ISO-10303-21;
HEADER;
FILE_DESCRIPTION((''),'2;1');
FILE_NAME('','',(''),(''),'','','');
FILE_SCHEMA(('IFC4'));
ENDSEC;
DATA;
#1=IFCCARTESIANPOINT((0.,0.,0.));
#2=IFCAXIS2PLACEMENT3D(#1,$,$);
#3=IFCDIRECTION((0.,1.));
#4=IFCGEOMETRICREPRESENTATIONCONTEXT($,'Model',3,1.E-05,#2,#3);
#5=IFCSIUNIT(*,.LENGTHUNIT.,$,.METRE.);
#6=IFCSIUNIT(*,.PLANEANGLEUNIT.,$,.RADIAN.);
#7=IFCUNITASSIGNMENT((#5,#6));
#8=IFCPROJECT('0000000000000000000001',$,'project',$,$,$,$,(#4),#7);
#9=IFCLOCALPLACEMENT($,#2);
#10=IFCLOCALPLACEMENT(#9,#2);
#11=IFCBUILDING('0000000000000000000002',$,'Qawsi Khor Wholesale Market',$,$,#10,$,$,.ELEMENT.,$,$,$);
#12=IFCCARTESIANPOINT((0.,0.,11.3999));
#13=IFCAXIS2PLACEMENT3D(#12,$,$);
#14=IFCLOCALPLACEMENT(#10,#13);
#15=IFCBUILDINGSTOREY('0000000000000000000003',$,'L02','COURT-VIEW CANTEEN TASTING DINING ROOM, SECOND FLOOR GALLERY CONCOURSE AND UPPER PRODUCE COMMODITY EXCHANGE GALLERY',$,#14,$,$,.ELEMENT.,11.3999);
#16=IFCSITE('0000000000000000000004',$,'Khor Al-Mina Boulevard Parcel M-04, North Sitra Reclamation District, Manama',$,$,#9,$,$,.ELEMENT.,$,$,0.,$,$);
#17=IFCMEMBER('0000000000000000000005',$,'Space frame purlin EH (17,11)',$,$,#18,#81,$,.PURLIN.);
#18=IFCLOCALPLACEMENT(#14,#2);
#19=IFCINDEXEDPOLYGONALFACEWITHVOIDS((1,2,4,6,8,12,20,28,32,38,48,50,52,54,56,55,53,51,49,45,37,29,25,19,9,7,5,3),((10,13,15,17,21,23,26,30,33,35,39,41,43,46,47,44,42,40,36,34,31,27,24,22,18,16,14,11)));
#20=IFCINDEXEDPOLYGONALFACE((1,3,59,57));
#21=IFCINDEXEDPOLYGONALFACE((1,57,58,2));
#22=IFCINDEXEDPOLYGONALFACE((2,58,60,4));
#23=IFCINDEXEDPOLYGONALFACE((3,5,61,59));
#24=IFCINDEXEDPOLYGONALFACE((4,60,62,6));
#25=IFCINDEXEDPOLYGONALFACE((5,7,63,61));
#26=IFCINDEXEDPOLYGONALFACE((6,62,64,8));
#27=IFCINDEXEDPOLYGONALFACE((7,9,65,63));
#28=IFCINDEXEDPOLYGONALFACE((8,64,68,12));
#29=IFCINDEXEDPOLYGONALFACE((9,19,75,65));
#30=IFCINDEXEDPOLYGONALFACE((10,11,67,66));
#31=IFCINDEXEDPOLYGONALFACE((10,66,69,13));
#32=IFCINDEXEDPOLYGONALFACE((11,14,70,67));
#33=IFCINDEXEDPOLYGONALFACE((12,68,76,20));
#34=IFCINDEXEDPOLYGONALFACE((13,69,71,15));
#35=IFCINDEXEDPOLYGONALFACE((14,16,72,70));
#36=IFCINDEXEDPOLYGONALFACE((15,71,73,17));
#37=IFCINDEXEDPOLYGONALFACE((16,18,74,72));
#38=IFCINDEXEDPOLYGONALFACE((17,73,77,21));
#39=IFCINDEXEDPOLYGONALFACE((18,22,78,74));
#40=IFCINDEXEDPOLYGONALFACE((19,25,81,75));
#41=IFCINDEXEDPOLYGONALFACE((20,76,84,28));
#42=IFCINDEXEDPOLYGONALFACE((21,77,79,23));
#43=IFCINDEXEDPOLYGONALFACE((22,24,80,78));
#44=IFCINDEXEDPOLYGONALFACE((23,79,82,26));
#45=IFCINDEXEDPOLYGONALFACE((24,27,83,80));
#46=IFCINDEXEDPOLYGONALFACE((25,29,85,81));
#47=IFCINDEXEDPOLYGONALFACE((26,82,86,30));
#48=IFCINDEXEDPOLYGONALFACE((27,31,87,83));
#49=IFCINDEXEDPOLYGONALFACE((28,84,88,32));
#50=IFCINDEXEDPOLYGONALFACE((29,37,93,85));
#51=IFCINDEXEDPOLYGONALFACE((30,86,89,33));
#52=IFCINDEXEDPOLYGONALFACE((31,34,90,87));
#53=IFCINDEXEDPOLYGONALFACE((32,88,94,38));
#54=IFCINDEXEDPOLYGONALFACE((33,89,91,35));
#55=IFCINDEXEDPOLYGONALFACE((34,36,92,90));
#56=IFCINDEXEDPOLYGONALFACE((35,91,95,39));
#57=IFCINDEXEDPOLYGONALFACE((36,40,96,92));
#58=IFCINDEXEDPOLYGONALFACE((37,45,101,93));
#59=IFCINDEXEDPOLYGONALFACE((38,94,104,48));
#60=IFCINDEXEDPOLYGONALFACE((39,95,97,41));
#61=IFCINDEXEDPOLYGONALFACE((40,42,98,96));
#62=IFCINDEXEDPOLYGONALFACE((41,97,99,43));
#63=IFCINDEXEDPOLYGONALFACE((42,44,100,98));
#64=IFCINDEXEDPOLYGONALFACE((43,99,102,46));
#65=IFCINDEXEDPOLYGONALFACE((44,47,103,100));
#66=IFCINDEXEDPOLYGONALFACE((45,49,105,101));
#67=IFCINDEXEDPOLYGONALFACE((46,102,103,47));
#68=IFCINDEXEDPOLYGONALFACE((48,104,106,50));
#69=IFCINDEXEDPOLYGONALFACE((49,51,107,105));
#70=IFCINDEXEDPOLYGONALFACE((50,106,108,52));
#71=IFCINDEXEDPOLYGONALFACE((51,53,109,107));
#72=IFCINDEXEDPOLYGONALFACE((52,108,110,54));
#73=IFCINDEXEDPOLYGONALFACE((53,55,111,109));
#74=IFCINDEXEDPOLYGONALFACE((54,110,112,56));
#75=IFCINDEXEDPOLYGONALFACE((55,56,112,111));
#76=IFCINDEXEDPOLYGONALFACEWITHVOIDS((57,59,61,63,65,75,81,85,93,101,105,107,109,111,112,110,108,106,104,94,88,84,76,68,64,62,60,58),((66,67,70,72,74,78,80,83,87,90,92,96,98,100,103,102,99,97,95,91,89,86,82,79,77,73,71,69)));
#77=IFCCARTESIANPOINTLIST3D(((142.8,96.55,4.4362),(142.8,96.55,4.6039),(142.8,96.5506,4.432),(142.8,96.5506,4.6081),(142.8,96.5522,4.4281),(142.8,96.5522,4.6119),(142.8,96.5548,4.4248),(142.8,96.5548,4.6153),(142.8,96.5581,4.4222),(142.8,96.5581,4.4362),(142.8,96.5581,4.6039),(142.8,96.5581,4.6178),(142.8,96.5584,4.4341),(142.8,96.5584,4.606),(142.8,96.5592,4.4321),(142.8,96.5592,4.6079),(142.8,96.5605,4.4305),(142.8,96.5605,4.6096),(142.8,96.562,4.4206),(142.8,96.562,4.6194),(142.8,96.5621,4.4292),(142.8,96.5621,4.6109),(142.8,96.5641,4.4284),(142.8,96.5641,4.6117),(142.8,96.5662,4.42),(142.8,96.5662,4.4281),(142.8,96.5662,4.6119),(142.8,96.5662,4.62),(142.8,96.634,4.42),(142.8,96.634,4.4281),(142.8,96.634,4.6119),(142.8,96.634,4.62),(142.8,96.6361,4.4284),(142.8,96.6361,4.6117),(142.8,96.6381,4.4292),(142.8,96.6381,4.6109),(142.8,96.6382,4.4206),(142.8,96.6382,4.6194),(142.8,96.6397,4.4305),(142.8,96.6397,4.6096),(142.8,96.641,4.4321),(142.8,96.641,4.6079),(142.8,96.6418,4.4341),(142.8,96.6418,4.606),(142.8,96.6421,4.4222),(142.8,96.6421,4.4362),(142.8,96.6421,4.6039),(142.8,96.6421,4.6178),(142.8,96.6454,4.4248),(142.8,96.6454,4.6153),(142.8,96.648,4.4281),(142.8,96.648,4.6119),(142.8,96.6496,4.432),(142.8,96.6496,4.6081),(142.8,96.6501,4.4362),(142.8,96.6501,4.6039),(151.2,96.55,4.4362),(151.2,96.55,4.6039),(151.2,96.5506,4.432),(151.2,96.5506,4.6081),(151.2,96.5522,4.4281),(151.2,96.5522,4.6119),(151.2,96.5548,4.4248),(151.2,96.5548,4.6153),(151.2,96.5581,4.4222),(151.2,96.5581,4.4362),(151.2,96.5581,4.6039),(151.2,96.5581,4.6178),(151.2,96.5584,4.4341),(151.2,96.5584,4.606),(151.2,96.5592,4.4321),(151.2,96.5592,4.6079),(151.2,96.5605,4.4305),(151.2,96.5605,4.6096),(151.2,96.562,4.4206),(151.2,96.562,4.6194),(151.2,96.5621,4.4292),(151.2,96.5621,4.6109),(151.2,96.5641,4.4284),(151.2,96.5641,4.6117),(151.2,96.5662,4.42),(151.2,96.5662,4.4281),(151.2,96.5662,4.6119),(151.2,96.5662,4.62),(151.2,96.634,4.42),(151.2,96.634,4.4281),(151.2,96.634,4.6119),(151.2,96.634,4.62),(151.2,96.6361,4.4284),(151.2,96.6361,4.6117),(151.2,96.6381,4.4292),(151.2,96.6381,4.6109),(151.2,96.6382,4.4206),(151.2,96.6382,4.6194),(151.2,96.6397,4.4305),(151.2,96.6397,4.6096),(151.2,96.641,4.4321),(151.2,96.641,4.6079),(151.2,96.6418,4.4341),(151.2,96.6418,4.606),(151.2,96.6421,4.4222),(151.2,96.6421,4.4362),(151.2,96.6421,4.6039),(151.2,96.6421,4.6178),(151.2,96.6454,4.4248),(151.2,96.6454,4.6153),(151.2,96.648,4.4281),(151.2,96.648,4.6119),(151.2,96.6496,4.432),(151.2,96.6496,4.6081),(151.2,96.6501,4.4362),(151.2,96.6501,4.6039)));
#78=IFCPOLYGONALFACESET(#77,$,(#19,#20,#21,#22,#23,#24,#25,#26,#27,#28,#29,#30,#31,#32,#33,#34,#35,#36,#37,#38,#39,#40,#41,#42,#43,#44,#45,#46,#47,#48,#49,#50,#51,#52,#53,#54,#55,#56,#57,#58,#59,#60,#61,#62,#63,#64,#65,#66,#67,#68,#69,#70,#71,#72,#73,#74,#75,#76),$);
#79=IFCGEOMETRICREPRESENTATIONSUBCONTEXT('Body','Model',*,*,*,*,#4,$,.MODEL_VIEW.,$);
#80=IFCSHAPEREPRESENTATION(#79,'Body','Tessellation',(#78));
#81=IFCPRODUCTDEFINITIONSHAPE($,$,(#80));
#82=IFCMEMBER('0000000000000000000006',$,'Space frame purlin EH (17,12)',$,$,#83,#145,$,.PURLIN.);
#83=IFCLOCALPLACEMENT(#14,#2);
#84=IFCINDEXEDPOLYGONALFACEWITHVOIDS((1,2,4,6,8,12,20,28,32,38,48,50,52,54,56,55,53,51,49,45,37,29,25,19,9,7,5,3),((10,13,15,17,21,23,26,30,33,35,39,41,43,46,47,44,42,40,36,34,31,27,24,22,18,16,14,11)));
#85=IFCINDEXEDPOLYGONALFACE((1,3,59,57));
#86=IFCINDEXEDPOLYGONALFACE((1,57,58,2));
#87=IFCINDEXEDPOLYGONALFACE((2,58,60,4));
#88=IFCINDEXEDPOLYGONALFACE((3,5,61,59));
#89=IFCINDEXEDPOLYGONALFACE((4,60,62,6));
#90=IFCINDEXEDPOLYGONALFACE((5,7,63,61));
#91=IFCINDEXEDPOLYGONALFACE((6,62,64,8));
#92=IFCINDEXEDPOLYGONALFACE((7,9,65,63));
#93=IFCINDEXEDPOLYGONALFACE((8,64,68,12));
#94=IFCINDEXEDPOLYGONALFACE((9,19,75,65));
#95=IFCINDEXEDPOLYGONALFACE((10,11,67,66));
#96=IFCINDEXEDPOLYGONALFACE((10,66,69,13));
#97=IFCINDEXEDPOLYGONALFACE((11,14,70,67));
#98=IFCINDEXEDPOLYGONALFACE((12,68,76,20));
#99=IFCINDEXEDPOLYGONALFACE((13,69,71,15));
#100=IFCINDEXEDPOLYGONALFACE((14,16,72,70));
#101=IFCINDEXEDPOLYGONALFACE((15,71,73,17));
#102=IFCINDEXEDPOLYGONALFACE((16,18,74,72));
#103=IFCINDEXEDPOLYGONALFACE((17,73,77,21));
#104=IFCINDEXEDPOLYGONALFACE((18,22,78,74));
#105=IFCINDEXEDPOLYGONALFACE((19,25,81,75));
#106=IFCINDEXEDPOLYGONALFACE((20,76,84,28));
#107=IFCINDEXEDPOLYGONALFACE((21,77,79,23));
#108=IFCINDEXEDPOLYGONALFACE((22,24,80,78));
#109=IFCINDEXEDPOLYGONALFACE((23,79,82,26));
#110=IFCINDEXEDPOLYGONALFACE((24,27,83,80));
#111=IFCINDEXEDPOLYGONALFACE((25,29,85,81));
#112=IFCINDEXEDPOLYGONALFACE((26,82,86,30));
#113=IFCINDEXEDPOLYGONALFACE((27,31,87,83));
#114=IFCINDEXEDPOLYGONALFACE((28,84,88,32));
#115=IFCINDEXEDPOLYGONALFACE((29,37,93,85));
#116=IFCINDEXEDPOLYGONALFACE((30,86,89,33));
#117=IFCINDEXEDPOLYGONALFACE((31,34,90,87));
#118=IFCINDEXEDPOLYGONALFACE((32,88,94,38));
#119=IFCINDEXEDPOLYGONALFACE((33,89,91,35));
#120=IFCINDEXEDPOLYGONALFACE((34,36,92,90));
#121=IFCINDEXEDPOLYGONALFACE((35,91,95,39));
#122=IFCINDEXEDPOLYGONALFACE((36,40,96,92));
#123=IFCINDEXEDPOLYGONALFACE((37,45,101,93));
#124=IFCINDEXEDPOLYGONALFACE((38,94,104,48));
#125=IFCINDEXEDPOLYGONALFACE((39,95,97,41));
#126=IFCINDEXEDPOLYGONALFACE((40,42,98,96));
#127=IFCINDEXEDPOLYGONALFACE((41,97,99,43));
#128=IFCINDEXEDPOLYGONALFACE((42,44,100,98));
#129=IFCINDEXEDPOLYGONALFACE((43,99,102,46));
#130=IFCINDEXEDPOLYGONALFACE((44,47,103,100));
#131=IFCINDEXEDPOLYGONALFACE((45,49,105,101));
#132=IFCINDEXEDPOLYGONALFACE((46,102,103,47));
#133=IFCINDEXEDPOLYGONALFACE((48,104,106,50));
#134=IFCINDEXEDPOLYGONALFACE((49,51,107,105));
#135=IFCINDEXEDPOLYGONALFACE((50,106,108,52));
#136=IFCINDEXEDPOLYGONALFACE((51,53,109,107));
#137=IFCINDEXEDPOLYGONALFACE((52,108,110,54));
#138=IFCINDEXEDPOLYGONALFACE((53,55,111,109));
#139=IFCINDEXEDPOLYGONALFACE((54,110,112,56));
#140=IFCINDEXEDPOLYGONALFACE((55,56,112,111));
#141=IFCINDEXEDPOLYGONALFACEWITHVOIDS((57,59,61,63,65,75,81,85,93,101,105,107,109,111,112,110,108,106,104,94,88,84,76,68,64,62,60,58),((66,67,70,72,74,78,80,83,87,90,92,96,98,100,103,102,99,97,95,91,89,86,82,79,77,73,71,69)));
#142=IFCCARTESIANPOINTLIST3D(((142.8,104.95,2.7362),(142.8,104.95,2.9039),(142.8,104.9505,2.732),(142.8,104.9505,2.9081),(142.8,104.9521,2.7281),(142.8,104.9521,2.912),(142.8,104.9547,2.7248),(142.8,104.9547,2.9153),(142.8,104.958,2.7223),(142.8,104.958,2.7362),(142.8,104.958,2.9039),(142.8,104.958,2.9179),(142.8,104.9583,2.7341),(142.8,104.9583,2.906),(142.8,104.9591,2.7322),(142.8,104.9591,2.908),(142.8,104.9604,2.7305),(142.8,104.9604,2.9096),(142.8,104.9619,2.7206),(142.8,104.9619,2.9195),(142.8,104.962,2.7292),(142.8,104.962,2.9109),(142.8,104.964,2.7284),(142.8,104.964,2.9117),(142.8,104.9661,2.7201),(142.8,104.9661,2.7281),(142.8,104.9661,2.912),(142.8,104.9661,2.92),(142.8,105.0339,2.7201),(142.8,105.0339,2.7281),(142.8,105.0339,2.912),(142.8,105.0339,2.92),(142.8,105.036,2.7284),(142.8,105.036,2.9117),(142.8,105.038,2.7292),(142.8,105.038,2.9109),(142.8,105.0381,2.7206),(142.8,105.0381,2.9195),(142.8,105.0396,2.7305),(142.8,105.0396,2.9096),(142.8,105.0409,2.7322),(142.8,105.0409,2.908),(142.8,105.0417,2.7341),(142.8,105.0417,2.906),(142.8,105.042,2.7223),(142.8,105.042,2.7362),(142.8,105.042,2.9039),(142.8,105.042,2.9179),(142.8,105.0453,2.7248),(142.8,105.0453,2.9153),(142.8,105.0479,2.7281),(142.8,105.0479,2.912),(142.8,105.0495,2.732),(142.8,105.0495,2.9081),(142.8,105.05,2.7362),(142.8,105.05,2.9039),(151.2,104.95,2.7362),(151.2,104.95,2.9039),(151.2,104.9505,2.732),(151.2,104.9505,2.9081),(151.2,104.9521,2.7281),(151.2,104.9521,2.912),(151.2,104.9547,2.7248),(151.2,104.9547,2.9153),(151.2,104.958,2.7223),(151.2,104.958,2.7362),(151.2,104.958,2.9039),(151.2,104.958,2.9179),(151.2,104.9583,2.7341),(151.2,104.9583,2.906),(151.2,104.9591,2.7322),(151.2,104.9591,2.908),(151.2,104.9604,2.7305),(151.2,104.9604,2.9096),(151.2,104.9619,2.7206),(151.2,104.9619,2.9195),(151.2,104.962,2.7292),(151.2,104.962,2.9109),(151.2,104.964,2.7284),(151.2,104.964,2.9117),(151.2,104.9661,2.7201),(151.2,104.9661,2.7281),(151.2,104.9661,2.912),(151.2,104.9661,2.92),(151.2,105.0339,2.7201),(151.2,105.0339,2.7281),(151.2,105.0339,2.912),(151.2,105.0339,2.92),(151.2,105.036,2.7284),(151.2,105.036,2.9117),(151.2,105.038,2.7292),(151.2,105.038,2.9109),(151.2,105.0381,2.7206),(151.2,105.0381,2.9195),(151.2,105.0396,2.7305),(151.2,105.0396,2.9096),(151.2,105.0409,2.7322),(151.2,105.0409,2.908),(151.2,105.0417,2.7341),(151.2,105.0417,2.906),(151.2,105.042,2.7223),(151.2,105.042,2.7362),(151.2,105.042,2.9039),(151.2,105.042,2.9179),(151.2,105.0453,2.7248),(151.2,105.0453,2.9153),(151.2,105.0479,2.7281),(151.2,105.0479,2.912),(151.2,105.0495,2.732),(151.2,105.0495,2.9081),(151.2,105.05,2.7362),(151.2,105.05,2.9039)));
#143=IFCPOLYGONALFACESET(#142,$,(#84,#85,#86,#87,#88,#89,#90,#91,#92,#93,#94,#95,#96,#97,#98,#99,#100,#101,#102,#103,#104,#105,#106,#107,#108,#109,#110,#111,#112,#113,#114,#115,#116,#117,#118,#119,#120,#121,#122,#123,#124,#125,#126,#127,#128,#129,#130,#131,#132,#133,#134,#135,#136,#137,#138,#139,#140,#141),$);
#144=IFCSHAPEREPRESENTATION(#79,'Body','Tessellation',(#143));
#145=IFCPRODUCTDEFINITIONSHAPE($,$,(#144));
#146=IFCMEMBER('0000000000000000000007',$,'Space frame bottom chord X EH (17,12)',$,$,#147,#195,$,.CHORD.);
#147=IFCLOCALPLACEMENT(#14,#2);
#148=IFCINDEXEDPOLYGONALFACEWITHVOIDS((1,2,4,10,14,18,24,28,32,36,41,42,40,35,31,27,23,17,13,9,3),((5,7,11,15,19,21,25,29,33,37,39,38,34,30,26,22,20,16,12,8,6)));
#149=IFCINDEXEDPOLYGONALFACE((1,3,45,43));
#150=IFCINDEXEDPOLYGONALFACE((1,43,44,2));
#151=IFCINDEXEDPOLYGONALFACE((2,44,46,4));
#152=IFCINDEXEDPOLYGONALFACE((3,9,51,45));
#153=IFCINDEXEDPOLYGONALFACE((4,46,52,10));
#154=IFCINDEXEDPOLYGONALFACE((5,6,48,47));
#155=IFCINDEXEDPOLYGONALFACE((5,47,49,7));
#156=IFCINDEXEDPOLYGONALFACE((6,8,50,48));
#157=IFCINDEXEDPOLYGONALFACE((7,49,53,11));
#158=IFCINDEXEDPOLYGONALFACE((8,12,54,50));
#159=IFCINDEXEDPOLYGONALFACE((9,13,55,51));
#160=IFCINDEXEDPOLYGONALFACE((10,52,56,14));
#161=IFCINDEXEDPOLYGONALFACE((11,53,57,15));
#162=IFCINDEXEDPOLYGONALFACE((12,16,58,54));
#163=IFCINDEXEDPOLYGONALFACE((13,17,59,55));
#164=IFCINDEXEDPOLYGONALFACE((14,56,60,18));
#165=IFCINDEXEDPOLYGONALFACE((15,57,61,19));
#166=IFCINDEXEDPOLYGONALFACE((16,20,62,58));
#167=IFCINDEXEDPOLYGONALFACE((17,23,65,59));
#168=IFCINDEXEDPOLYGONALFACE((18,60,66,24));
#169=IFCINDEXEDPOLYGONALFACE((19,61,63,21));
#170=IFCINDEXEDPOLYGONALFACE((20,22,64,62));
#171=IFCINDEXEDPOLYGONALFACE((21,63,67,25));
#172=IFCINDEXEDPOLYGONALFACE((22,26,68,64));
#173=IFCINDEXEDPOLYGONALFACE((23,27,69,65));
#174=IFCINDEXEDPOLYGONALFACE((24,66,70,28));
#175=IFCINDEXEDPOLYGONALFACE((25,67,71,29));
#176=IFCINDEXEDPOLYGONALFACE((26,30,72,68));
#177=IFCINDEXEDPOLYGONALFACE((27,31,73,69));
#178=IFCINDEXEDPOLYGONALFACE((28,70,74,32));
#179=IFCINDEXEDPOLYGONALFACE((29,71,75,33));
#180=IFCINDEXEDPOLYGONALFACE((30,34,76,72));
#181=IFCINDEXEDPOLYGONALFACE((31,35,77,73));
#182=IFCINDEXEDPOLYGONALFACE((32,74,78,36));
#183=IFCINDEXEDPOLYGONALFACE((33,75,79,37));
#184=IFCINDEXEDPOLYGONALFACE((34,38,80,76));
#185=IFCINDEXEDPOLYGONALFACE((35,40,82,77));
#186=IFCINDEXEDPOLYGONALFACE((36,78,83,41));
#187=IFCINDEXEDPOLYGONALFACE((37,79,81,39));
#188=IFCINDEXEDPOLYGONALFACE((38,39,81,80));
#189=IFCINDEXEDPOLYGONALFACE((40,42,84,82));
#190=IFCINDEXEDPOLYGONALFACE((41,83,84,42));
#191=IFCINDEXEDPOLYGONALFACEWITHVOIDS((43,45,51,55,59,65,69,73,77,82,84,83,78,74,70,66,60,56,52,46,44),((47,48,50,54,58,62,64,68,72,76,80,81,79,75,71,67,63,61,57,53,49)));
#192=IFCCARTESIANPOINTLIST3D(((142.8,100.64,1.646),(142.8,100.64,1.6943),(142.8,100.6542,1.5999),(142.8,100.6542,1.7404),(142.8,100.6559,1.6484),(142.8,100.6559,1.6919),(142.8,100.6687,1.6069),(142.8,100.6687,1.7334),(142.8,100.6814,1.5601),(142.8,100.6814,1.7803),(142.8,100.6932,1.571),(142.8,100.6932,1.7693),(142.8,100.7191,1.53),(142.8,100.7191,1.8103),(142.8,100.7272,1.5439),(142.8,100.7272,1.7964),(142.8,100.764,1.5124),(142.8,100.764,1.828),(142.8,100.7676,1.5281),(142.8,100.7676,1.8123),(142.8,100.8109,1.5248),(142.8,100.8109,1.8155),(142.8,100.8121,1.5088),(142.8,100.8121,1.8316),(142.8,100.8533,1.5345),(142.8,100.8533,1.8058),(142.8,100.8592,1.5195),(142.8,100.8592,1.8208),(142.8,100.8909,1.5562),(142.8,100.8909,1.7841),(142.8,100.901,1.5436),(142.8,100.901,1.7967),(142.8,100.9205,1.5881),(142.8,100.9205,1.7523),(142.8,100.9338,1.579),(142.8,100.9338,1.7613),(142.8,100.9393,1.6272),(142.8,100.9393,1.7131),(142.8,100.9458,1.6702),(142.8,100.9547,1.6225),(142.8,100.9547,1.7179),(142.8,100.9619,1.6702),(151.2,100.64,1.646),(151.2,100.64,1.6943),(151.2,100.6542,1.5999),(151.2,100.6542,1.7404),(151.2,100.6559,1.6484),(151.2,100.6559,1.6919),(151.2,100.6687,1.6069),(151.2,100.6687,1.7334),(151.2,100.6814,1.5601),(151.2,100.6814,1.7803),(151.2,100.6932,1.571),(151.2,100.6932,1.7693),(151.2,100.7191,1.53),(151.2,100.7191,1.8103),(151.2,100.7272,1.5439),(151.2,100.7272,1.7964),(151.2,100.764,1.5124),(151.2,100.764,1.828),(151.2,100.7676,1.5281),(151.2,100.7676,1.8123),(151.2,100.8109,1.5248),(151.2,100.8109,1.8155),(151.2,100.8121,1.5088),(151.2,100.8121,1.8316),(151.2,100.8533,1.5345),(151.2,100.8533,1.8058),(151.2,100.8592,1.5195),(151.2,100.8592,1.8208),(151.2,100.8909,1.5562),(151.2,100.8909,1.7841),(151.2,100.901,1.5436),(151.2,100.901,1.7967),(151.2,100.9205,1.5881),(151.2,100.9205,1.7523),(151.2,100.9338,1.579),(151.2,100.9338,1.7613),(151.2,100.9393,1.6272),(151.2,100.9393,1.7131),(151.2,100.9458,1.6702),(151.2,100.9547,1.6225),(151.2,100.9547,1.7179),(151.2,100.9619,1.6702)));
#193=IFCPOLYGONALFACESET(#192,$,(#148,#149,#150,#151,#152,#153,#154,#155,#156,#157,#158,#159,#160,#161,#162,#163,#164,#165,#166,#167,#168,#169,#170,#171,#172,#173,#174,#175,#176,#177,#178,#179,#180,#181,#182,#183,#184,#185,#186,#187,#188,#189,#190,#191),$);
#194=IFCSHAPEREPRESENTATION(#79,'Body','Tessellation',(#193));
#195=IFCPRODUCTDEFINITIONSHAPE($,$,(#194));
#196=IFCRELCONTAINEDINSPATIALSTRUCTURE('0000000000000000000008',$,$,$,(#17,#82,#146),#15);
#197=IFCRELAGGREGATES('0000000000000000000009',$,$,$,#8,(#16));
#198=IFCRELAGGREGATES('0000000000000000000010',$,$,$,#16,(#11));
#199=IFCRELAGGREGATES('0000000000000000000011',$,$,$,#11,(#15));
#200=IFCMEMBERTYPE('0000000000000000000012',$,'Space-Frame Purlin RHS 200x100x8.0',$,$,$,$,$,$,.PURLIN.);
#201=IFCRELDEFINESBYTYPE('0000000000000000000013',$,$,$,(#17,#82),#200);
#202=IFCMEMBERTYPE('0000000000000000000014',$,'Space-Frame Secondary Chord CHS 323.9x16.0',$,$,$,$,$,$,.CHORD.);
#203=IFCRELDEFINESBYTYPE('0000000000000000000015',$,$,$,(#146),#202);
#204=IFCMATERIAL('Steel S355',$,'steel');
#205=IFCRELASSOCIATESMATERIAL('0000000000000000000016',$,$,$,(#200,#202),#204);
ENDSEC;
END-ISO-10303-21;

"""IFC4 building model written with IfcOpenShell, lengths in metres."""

from ifc_helpers import new_model, si_unit, direction, frame, origin, origin_2d, place, context, subcontext, project, spatial, hollow_rectangle, hollow_circle, extrude, material, material_profile, profile_set, type_object, element, save


model = new_model("IFC4")

# Units and contexts
model_context = context("Model", 3, precision=1e-05, world=origin(), true_north=direction((0.0, 1.0)))
body_context = subcontext(model_context, "Body", "Model", "MODEL_VIEW")
ifc_project = project(units=[si_unit("LENGTHUNIT", "METRE"), si_unit("PLANEANGLEUNIT", "RADIAN")], contexts=[model_context])

# Site, building, storey
site_placement = place(None, origin())
site = spatial("IfcSite", under=ifc_project, at=site_placement, Name="Khor Al-Mina Boulevard Parcel M-04, North Sitra Reclamation District, Manama", CompositionType="ELEMENT", RefElevation=0.0)
building_placement = place(site_placement, origin())
building = spatial("IfcBuilding", under=site, at=building_placement, Name="Qawsi Khor Wholesale Market", CompositionType="ELEMENT")
storey_placement = place(building_placement, frame((0.0, 0.0, 11.3999)))
storey = spatial("IfcBuildingStorey", under=building, at=storey_placement, Name="L02", Description="COURT-VIEW CANTEEN TASTING DINING ROOM, SECOND FLOOR GALLERY CONCOURSE AND UPPER PRODUCE COMMODITY EXCHANGE GALLERY", CompositionType="ELEMENT", Elevation=11.3999)

# Shared definitions
ifc_material_1 = material(Name="Steel S355", Category="steel")

# Members
ifc_material_profile_1 = material_profile(ifc_material_1, hollow_rectangle(XDim=0.1001, YDim=0.2, WallThickness=0.0081, InnerFilletRadius=0.0081, OuterFilletRadius=0.0161, at=origin_2d()), Name="RHS 200x100x8.0")
ifc_profile_set_1 = profile_set([ifc_material_profile_1], Name="Steel S355")
member_type_1 = type_object("IfcMemberType", Name="Space-Frame Purlin RHS 200x100x8.0", PredefinedType="PURLIN", material=ifc_profile_set_1)
for number, where, z_axis, x_axis, name in (
    (1, (142.8, 96.6001, 4.52), (1.0, 0.0, 0.0), (0.0, 1.0, 0.0), "Space frame purlin EH (17,11)"),
    (2, (142.8, 105.0, 2.8201), (1.0, 0.0, 0.0), (0.0, 1.0, 0.0), "Space frame purlin EH (17,12)"),
):
    element("IfcMember", number, at=place(storey_placement, frame(where, z_axis=z_axis, x_axis=x_axis)), inside=storey, type_object=member_type_1, Name=name, PredefinedType="PURLIN", context=body_context, shape_type="SweptSolid", body=[
        extrude(hollow_rectangle(XDim=0.1001, YDim=0.2, WallThickness=0.0081, InnerFilletRadius=0.0081, OuterFilletRadius=0.0161, at=origin_2d()), origin(), (0.0, 0.0, 1.0), 8.3999),
    ])
ifc_material_profile_2 = material_profile(ifc_material_1, hollow_circle(Radius=0.1619, WallThickness=0.0161, at=origin_2d()), Name="CHS 323.9x16.0")
ifc_profile_set_2 = profile_set([ifc_material_profile_2], Name="Steel S355")
member_type_2 = type_object("IfcMemberType", Name="Space-Frame Secondary Chord CHS 323.9x16.0", PredefinedType="CHORD", material=ifc_profile_set_2)
member_1_placement = place(storey_placement, frame((142.8, 100.8, 1.6702), z_axis=(1.0, 0.0, 0.0), x_axis=(0.0, 1.0, 0.0)))
element("IfcMember", 3, at=member_1_placement, inside=storey, type_object=member_type_2, Name="Space frame bottom chord X EH (17,12)", PredefinedType="CHORD", context=body_context, shape_type="SweptSolid", body=[
    extrude(hollow_circle(Radius=0.1619, WallThickness=0.0161, at=origin_2d()), origin(), (0.0, 0.0, 1.0), 8.3999),
])

save(model, "model.ifc")
